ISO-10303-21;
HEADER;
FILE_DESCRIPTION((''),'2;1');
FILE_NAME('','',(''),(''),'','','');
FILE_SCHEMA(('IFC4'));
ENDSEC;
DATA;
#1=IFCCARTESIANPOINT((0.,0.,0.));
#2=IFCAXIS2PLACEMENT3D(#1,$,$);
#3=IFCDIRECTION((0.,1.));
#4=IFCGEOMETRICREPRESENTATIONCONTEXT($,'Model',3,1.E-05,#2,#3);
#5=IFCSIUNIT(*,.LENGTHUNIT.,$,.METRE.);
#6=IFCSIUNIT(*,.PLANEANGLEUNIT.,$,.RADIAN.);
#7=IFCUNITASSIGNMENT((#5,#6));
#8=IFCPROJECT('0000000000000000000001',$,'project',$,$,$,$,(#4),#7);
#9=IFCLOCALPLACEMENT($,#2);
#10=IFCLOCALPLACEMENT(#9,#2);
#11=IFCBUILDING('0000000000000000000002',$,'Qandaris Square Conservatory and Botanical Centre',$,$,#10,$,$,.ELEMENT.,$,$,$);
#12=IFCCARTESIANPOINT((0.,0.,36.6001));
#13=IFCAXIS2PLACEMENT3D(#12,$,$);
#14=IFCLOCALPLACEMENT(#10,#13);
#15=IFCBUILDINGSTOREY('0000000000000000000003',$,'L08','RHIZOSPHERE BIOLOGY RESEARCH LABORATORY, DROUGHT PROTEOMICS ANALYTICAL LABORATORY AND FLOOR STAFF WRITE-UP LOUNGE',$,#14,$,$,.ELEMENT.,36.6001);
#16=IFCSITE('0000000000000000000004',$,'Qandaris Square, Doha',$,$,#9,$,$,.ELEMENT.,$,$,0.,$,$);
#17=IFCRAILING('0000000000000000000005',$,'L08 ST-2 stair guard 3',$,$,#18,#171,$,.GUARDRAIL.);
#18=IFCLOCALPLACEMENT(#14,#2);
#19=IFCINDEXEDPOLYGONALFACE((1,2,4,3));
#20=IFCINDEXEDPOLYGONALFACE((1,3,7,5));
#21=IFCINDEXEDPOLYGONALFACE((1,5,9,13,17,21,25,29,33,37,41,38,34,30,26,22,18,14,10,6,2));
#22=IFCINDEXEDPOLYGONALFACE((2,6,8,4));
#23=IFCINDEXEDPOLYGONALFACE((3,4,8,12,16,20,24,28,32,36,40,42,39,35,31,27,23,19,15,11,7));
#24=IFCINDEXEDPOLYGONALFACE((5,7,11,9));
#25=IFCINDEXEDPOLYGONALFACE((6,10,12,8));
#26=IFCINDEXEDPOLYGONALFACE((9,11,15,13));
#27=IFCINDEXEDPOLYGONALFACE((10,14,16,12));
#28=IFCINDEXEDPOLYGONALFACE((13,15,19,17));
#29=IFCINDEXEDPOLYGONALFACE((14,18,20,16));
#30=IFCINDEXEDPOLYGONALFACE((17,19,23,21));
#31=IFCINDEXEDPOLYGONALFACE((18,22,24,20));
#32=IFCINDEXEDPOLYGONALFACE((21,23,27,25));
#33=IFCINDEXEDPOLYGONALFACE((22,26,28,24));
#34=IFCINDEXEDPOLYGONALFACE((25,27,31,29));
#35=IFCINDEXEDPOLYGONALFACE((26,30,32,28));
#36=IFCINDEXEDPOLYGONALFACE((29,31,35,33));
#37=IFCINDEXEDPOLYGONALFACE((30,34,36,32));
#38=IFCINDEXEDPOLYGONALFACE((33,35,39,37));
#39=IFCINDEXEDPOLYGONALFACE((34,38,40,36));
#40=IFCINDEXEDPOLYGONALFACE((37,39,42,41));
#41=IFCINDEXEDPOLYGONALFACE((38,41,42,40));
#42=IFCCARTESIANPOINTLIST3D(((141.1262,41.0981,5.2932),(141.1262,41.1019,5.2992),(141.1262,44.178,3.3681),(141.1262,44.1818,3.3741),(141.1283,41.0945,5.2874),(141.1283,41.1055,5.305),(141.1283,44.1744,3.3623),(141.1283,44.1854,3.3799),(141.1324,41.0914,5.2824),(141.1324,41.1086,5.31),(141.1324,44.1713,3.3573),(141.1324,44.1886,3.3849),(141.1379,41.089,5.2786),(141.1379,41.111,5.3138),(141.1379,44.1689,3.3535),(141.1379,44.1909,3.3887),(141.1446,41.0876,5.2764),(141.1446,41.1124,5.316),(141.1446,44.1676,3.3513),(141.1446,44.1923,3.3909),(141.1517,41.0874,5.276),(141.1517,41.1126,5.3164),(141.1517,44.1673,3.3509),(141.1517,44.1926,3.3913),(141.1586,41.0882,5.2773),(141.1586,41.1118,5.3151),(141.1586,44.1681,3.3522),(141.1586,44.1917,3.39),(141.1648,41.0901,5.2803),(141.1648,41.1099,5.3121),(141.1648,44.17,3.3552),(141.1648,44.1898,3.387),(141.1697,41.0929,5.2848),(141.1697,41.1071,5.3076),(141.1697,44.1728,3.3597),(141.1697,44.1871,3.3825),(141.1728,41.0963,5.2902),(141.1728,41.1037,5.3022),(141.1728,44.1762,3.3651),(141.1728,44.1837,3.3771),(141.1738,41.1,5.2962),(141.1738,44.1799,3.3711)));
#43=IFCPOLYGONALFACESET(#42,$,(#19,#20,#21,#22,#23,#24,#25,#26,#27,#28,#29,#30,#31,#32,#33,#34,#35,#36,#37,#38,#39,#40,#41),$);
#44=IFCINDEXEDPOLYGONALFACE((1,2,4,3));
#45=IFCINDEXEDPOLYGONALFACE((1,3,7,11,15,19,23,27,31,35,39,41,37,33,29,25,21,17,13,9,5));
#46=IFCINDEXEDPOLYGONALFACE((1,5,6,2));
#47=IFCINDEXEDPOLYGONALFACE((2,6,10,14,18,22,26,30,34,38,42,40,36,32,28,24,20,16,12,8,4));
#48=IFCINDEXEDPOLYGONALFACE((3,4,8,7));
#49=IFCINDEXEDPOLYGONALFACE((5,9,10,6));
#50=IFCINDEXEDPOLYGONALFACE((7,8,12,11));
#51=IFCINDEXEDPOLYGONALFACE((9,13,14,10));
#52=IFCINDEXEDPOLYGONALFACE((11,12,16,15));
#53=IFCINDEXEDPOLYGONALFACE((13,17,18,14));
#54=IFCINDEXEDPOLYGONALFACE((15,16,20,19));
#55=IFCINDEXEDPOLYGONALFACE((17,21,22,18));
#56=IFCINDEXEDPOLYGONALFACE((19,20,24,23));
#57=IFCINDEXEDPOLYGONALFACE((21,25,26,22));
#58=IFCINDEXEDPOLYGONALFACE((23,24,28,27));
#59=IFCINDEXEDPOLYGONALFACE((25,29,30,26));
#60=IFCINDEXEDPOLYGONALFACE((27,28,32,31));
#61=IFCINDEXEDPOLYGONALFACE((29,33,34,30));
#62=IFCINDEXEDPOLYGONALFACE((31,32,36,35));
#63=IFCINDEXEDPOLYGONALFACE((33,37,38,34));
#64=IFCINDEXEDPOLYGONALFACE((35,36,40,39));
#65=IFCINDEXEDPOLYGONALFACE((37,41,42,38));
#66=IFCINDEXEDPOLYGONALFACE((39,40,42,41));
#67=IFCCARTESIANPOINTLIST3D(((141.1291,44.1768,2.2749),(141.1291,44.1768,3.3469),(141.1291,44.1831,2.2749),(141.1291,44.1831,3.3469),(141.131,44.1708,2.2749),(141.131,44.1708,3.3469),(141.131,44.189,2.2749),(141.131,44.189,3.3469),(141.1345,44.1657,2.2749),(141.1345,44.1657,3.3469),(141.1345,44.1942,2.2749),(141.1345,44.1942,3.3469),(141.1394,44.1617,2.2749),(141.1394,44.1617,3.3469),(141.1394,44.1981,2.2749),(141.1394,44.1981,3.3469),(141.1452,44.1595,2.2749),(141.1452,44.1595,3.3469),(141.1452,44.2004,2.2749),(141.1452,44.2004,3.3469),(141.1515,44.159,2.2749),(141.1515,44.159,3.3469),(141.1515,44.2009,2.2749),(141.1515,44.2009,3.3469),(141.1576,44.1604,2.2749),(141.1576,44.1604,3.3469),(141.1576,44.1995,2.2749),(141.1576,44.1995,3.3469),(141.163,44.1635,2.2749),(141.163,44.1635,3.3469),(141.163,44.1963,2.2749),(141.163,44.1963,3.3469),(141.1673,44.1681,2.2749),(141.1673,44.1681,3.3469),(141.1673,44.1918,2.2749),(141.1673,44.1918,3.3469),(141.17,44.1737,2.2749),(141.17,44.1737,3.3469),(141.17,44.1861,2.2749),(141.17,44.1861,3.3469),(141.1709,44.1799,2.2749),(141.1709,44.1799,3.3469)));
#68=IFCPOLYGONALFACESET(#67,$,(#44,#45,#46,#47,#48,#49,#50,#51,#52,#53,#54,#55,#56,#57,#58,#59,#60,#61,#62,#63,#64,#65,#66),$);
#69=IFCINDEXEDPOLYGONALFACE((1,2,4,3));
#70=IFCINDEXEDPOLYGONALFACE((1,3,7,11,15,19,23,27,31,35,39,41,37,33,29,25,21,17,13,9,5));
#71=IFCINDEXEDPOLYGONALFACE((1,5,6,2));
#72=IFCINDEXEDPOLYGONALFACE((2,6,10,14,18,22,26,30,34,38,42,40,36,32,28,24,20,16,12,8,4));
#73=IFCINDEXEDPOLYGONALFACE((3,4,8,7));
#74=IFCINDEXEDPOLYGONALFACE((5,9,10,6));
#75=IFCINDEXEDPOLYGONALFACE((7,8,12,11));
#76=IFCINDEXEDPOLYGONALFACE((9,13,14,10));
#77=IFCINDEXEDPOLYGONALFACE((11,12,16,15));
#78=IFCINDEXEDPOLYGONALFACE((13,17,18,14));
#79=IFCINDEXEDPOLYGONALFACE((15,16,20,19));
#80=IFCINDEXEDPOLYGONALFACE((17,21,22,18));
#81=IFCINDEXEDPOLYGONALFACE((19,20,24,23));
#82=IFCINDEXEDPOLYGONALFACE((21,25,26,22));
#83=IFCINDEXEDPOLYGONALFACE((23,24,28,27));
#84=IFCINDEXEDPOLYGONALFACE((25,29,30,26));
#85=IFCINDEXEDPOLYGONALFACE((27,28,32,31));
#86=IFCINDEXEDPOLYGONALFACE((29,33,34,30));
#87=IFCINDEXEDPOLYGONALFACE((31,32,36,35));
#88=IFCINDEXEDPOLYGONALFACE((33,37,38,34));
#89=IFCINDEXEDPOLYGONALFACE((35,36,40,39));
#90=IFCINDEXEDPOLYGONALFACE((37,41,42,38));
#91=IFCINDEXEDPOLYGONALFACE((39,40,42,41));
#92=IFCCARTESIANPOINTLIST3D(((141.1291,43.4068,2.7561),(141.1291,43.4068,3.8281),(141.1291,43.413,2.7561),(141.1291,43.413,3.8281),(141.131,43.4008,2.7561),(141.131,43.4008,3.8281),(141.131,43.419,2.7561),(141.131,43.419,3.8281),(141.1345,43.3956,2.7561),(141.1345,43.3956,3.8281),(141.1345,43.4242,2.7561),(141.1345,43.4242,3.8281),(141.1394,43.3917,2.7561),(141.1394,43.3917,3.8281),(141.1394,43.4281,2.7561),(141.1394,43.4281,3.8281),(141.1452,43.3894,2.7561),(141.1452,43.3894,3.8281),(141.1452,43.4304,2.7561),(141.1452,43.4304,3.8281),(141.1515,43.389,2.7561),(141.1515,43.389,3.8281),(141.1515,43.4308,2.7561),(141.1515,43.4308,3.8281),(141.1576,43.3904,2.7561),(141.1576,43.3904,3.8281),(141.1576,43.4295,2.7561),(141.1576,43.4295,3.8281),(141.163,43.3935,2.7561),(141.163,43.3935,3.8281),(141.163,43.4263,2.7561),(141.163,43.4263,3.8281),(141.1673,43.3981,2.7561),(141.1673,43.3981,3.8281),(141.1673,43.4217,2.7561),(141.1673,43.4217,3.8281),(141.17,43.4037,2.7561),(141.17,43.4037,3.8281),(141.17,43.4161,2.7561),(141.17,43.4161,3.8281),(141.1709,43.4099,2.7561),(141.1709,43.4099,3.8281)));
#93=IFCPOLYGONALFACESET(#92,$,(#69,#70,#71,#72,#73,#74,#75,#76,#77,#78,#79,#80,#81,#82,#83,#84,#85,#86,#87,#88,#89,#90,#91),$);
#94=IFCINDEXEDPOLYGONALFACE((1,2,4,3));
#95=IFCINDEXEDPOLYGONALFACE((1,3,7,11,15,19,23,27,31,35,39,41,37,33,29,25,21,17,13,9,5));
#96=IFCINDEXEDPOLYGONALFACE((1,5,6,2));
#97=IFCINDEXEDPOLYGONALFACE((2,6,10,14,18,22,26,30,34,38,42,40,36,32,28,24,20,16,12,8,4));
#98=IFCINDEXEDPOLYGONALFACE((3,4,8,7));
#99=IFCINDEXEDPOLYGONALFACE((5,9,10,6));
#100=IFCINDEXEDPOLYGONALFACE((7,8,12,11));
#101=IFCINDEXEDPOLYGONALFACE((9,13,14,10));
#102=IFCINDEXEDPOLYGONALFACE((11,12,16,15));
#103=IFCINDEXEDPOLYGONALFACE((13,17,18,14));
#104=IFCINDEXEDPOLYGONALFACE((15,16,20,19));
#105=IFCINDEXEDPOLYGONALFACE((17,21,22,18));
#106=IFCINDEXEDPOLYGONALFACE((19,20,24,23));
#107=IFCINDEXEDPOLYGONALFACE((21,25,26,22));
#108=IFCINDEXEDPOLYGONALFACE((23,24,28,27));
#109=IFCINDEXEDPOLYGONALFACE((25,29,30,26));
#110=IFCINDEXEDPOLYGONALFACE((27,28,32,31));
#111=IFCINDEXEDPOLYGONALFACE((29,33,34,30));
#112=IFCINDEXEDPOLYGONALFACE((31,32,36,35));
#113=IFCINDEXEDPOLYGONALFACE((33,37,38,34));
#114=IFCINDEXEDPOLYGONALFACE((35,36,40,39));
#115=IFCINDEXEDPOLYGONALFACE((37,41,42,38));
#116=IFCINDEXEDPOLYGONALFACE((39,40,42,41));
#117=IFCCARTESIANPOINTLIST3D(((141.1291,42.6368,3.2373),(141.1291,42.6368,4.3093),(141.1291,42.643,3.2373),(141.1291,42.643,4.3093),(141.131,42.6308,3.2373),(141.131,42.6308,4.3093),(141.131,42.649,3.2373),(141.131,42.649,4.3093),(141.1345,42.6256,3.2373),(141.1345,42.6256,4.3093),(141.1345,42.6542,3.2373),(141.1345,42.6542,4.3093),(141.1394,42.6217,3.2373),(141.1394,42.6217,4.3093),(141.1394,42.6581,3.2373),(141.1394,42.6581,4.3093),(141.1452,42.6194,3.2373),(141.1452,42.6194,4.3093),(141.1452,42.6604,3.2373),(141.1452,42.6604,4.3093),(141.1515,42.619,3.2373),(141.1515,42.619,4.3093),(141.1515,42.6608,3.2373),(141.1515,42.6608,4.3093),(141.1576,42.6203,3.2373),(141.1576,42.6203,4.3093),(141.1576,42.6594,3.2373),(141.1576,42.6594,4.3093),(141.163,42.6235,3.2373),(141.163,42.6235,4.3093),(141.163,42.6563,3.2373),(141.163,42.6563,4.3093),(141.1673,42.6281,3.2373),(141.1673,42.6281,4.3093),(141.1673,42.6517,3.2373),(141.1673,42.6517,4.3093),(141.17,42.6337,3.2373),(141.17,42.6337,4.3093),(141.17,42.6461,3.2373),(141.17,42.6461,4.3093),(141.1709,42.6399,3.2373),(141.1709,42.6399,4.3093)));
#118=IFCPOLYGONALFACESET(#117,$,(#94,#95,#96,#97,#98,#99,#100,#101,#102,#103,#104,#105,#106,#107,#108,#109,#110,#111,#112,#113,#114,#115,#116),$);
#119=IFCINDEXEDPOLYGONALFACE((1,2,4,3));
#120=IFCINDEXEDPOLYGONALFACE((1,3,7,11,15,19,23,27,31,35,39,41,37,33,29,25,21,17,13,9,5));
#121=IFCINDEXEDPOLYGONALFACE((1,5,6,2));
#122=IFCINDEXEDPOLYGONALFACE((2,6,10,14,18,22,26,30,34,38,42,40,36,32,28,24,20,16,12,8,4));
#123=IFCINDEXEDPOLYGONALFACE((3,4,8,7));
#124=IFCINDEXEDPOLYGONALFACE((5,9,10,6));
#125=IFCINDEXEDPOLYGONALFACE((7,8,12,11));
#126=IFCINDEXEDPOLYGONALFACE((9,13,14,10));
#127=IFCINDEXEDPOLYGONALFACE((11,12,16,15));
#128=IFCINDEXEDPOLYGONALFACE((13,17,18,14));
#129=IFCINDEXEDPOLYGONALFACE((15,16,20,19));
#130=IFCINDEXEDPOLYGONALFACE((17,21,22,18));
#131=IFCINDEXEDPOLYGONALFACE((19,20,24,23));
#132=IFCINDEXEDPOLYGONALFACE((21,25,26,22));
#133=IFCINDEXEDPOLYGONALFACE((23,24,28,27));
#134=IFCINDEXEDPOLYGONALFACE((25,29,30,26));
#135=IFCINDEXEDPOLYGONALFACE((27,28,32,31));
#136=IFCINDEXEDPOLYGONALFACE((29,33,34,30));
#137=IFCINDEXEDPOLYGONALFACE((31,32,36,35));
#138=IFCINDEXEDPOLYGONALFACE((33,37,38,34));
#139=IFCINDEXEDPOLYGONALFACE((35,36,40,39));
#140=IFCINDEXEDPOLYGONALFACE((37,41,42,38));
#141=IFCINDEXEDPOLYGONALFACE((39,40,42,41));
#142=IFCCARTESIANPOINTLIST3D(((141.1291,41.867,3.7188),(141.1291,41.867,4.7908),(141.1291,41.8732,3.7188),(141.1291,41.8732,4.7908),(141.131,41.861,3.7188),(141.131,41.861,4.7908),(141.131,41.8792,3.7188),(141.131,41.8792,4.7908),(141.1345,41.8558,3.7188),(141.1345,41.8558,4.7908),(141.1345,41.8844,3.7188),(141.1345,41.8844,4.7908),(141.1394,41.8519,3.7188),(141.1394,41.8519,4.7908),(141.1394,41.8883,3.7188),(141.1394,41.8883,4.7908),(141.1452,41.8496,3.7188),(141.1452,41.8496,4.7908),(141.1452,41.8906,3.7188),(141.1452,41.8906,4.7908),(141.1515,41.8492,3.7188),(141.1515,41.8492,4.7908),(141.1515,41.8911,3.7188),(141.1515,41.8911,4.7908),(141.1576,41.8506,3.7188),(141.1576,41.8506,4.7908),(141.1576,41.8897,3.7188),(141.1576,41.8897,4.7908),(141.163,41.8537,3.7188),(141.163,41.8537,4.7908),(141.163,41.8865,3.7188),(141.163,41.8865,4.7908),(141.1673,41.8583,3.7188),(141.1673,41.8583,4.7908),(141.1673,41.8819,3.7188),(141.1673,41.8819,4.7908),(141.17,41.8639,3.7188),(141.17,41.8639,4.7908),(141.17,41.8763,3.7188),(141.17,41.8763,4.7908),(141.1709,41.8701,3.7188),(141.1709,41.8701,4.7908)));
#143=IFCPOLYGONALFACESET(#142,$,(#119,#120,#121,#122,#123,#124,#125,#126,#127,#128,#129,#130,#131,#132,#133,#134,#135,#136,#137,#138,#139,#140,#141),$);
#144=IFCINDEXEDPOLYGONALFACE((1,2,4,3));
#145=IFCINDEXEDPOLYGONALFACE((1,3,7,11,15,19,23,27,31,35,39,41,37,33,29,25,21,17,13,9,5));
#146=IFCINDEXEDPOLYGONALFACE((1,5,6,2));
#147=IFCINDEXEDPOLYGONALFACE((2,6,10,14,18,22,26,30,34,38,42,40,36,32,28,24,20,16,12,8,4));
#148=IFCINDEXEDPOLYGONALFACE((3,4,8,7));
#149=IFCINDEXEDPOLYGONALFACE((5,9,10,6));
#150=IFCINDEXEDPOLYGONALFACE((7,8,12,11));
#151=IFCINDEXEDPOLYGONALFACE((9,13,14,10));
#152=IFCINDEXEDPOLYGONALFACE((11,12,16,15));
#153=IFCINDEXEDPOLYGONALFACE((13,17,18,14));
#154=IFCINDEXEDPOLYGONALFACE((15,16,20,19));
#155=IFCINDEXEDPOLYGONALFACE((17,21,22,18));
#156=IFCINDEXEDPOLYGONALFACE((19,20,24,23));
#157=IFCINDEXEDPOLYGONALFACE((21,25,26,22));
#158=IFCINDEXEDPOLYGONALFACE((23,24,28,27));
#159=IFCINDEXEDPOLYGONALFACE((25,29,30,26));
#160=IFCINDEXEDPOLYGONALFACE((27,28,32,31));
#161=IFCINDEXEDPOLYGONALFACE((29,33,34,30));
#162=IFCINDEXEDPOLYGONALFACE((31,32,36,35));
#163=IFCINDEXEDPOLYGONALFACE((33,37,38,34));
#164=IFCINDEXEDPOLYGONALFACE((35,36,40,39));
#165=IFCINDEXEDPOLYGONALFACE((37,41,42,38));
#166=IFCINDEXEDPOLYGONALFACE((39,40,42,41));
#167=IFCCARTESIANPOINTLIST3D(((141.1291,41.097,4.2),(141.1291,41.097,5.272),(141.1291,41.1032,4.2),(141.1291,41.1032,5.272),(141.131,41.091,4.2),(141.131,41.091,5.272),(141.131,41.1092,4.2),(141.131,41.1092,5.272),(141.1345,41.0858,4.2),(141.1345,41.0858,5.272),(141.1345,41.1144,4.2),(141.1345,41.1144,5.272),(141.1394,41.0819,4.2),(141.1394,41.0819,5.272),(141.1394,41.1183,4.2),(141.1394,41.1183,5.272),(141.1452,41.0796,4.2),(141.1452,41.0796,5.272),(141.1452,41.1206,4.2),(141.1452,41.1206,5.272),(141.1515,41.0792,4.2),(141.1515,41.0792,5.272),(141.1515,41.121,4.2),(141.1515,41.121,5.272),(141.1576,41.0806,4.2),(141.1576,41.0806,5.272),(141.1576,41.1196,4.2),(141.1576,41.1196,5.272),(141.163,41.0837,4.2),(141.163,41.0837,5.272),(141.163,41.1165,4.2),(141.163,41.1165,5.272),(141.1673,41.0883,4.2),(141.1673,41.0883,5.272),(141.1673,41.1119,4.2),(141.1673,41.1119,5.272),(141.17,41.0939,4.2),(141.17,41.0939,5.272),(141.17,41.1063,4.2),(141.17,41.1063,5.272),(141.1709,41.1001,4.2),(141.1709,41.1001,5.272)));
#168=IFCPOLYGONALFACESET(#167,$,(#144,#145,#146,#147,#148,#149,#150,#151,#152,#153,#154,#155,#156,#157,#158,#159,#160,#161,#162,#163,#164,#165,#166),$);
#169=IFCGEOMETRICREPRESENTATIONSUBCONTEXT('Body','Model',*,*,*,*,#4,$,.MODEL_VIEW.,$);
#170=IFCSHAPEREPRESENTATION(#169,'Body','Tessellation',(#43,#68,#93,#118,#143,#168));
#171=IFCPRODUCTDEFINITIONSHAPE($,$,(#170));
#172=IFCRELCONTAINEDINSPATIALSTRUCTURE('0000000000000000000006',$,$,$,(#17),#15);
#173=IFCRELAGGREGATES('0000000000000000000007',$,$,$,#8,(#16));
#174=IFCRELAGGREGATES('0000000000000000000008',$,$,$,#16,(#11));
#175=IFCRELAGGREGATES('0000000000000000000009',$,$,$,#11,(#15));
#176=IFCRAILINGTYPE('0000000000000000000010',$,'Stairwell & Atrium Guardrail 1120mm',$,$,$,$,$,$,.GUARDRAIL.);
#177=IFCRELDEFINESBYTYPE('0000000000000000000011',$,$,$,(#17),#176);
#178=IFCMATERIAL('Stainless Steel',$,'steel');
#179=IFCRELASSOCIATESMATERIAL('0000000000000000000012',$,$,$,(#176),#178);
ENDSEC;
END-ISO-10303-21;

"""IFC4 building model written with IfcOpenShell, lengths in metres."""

from ifc_helpers import new_model, si_unit, direction, frame, origin, origin_2d, place, context, subcontext, project, spatial, circle, extrude, material, type_object, element, save


model = new_model("IFC4")

# Units and contexts
model_context = context("Model", 3, precision=1e-05, world=origin(), true_north=direction((0.0, 1.0)))
body_context = subcontext(model_context, "Body", "Model", "MODEL_VIEW")
ifc_project = project(units=[si_unit("LENGTHUNIT", "METRE"), si_unit("PLANEANGLEUNIT", "RADIAN")], contexts=[model_context])

# Site, building, storey
site_placement = place(None, origin())
site = spatial("IfcSite", under=ifc_project, at=site_placement, Name="Qandaris Square, Doha", CompositionType="ELEMENT", RefElevation=0.0)
building_placement = place(site_placement, origin())
building = spatial("IfcBuilding", under=site, at=building_placement, Name="Qandaris Square Conservatory and Botanical Centre", CompositionType="ELEMENT")
storey_placement = place(building_placement, frame((0.0, 0.0, 36.6001)))
storey = spatial("IfcBuildingStorey", under=building, at=storey_placement, Name="L08", Description="RHIZOSPHERE BIOLOGY RESEARCH LABORATORY, DROUGHT PROTEOMICS ANALYTICAL LABORATORY AND FLOOR STAFF WRITE-UP LOUNGE", CompositionType="ELEMENT", Elevation=36.6001)

# Railing
ifc_material_1 = material(Name="Stainless Steel", Category="steel")
railing_type_1 = type_object("IfcRailingType", Name="Stairwell & Atrium Guardrail 1120mm", PredefinedType="GUARDRAIL", material=ifc_material_1)
railing_1_placement = place(storey_placement, frame((141.1499, 44.1799, 2.2749)))
element("IfcRailing", 1, at=railing_1_placement, inside=storey, type_object=railing_type_1, Name="L08 ST-2 stair guard 3", PredefinedType="GUARDRAIL", context=body_context, shape_type="SweptSolid", body=[
    extrude(circle(Radius=0.0239, at=origin_2d()), frame((0.0, 0.0, 1.0962), z_axis=(0.0, -0.847979, 0.530029), x_axis=(1.0, 0.0, 0.0)), (0.0, 0.0, 1.0), 3.6321),
    extrude(circle(Radius=0.021, at=origin_2d()), origin(), (0.0, 0.0, 1.0), 1.072),
    extrude(circle(Radius=0.021, at=origin_2d()), frame((0.0, -0.77, 0.4812)), (0.0, 0.0, 1.0), 1.072),
    extrude(circle(Radius=0.021, at=origin_2d()), frame((0.0, -1.54, 0.9624)), (0.0, 0.0, 1.0), 1.072),
    extrude(circle(Radius=0.021, at=origin_2d()), frame((0.0, -2.3098, 1.4438)), (0.0, 0.0, 1.0), 1.072),
    extrude(circle(Radius=0.021, at=origin_2d()), frame((0.0, -3.0798, 1.925)), (0.0, 0.0, 1.0), 1.072),
])

save(model, "model.ifc")
